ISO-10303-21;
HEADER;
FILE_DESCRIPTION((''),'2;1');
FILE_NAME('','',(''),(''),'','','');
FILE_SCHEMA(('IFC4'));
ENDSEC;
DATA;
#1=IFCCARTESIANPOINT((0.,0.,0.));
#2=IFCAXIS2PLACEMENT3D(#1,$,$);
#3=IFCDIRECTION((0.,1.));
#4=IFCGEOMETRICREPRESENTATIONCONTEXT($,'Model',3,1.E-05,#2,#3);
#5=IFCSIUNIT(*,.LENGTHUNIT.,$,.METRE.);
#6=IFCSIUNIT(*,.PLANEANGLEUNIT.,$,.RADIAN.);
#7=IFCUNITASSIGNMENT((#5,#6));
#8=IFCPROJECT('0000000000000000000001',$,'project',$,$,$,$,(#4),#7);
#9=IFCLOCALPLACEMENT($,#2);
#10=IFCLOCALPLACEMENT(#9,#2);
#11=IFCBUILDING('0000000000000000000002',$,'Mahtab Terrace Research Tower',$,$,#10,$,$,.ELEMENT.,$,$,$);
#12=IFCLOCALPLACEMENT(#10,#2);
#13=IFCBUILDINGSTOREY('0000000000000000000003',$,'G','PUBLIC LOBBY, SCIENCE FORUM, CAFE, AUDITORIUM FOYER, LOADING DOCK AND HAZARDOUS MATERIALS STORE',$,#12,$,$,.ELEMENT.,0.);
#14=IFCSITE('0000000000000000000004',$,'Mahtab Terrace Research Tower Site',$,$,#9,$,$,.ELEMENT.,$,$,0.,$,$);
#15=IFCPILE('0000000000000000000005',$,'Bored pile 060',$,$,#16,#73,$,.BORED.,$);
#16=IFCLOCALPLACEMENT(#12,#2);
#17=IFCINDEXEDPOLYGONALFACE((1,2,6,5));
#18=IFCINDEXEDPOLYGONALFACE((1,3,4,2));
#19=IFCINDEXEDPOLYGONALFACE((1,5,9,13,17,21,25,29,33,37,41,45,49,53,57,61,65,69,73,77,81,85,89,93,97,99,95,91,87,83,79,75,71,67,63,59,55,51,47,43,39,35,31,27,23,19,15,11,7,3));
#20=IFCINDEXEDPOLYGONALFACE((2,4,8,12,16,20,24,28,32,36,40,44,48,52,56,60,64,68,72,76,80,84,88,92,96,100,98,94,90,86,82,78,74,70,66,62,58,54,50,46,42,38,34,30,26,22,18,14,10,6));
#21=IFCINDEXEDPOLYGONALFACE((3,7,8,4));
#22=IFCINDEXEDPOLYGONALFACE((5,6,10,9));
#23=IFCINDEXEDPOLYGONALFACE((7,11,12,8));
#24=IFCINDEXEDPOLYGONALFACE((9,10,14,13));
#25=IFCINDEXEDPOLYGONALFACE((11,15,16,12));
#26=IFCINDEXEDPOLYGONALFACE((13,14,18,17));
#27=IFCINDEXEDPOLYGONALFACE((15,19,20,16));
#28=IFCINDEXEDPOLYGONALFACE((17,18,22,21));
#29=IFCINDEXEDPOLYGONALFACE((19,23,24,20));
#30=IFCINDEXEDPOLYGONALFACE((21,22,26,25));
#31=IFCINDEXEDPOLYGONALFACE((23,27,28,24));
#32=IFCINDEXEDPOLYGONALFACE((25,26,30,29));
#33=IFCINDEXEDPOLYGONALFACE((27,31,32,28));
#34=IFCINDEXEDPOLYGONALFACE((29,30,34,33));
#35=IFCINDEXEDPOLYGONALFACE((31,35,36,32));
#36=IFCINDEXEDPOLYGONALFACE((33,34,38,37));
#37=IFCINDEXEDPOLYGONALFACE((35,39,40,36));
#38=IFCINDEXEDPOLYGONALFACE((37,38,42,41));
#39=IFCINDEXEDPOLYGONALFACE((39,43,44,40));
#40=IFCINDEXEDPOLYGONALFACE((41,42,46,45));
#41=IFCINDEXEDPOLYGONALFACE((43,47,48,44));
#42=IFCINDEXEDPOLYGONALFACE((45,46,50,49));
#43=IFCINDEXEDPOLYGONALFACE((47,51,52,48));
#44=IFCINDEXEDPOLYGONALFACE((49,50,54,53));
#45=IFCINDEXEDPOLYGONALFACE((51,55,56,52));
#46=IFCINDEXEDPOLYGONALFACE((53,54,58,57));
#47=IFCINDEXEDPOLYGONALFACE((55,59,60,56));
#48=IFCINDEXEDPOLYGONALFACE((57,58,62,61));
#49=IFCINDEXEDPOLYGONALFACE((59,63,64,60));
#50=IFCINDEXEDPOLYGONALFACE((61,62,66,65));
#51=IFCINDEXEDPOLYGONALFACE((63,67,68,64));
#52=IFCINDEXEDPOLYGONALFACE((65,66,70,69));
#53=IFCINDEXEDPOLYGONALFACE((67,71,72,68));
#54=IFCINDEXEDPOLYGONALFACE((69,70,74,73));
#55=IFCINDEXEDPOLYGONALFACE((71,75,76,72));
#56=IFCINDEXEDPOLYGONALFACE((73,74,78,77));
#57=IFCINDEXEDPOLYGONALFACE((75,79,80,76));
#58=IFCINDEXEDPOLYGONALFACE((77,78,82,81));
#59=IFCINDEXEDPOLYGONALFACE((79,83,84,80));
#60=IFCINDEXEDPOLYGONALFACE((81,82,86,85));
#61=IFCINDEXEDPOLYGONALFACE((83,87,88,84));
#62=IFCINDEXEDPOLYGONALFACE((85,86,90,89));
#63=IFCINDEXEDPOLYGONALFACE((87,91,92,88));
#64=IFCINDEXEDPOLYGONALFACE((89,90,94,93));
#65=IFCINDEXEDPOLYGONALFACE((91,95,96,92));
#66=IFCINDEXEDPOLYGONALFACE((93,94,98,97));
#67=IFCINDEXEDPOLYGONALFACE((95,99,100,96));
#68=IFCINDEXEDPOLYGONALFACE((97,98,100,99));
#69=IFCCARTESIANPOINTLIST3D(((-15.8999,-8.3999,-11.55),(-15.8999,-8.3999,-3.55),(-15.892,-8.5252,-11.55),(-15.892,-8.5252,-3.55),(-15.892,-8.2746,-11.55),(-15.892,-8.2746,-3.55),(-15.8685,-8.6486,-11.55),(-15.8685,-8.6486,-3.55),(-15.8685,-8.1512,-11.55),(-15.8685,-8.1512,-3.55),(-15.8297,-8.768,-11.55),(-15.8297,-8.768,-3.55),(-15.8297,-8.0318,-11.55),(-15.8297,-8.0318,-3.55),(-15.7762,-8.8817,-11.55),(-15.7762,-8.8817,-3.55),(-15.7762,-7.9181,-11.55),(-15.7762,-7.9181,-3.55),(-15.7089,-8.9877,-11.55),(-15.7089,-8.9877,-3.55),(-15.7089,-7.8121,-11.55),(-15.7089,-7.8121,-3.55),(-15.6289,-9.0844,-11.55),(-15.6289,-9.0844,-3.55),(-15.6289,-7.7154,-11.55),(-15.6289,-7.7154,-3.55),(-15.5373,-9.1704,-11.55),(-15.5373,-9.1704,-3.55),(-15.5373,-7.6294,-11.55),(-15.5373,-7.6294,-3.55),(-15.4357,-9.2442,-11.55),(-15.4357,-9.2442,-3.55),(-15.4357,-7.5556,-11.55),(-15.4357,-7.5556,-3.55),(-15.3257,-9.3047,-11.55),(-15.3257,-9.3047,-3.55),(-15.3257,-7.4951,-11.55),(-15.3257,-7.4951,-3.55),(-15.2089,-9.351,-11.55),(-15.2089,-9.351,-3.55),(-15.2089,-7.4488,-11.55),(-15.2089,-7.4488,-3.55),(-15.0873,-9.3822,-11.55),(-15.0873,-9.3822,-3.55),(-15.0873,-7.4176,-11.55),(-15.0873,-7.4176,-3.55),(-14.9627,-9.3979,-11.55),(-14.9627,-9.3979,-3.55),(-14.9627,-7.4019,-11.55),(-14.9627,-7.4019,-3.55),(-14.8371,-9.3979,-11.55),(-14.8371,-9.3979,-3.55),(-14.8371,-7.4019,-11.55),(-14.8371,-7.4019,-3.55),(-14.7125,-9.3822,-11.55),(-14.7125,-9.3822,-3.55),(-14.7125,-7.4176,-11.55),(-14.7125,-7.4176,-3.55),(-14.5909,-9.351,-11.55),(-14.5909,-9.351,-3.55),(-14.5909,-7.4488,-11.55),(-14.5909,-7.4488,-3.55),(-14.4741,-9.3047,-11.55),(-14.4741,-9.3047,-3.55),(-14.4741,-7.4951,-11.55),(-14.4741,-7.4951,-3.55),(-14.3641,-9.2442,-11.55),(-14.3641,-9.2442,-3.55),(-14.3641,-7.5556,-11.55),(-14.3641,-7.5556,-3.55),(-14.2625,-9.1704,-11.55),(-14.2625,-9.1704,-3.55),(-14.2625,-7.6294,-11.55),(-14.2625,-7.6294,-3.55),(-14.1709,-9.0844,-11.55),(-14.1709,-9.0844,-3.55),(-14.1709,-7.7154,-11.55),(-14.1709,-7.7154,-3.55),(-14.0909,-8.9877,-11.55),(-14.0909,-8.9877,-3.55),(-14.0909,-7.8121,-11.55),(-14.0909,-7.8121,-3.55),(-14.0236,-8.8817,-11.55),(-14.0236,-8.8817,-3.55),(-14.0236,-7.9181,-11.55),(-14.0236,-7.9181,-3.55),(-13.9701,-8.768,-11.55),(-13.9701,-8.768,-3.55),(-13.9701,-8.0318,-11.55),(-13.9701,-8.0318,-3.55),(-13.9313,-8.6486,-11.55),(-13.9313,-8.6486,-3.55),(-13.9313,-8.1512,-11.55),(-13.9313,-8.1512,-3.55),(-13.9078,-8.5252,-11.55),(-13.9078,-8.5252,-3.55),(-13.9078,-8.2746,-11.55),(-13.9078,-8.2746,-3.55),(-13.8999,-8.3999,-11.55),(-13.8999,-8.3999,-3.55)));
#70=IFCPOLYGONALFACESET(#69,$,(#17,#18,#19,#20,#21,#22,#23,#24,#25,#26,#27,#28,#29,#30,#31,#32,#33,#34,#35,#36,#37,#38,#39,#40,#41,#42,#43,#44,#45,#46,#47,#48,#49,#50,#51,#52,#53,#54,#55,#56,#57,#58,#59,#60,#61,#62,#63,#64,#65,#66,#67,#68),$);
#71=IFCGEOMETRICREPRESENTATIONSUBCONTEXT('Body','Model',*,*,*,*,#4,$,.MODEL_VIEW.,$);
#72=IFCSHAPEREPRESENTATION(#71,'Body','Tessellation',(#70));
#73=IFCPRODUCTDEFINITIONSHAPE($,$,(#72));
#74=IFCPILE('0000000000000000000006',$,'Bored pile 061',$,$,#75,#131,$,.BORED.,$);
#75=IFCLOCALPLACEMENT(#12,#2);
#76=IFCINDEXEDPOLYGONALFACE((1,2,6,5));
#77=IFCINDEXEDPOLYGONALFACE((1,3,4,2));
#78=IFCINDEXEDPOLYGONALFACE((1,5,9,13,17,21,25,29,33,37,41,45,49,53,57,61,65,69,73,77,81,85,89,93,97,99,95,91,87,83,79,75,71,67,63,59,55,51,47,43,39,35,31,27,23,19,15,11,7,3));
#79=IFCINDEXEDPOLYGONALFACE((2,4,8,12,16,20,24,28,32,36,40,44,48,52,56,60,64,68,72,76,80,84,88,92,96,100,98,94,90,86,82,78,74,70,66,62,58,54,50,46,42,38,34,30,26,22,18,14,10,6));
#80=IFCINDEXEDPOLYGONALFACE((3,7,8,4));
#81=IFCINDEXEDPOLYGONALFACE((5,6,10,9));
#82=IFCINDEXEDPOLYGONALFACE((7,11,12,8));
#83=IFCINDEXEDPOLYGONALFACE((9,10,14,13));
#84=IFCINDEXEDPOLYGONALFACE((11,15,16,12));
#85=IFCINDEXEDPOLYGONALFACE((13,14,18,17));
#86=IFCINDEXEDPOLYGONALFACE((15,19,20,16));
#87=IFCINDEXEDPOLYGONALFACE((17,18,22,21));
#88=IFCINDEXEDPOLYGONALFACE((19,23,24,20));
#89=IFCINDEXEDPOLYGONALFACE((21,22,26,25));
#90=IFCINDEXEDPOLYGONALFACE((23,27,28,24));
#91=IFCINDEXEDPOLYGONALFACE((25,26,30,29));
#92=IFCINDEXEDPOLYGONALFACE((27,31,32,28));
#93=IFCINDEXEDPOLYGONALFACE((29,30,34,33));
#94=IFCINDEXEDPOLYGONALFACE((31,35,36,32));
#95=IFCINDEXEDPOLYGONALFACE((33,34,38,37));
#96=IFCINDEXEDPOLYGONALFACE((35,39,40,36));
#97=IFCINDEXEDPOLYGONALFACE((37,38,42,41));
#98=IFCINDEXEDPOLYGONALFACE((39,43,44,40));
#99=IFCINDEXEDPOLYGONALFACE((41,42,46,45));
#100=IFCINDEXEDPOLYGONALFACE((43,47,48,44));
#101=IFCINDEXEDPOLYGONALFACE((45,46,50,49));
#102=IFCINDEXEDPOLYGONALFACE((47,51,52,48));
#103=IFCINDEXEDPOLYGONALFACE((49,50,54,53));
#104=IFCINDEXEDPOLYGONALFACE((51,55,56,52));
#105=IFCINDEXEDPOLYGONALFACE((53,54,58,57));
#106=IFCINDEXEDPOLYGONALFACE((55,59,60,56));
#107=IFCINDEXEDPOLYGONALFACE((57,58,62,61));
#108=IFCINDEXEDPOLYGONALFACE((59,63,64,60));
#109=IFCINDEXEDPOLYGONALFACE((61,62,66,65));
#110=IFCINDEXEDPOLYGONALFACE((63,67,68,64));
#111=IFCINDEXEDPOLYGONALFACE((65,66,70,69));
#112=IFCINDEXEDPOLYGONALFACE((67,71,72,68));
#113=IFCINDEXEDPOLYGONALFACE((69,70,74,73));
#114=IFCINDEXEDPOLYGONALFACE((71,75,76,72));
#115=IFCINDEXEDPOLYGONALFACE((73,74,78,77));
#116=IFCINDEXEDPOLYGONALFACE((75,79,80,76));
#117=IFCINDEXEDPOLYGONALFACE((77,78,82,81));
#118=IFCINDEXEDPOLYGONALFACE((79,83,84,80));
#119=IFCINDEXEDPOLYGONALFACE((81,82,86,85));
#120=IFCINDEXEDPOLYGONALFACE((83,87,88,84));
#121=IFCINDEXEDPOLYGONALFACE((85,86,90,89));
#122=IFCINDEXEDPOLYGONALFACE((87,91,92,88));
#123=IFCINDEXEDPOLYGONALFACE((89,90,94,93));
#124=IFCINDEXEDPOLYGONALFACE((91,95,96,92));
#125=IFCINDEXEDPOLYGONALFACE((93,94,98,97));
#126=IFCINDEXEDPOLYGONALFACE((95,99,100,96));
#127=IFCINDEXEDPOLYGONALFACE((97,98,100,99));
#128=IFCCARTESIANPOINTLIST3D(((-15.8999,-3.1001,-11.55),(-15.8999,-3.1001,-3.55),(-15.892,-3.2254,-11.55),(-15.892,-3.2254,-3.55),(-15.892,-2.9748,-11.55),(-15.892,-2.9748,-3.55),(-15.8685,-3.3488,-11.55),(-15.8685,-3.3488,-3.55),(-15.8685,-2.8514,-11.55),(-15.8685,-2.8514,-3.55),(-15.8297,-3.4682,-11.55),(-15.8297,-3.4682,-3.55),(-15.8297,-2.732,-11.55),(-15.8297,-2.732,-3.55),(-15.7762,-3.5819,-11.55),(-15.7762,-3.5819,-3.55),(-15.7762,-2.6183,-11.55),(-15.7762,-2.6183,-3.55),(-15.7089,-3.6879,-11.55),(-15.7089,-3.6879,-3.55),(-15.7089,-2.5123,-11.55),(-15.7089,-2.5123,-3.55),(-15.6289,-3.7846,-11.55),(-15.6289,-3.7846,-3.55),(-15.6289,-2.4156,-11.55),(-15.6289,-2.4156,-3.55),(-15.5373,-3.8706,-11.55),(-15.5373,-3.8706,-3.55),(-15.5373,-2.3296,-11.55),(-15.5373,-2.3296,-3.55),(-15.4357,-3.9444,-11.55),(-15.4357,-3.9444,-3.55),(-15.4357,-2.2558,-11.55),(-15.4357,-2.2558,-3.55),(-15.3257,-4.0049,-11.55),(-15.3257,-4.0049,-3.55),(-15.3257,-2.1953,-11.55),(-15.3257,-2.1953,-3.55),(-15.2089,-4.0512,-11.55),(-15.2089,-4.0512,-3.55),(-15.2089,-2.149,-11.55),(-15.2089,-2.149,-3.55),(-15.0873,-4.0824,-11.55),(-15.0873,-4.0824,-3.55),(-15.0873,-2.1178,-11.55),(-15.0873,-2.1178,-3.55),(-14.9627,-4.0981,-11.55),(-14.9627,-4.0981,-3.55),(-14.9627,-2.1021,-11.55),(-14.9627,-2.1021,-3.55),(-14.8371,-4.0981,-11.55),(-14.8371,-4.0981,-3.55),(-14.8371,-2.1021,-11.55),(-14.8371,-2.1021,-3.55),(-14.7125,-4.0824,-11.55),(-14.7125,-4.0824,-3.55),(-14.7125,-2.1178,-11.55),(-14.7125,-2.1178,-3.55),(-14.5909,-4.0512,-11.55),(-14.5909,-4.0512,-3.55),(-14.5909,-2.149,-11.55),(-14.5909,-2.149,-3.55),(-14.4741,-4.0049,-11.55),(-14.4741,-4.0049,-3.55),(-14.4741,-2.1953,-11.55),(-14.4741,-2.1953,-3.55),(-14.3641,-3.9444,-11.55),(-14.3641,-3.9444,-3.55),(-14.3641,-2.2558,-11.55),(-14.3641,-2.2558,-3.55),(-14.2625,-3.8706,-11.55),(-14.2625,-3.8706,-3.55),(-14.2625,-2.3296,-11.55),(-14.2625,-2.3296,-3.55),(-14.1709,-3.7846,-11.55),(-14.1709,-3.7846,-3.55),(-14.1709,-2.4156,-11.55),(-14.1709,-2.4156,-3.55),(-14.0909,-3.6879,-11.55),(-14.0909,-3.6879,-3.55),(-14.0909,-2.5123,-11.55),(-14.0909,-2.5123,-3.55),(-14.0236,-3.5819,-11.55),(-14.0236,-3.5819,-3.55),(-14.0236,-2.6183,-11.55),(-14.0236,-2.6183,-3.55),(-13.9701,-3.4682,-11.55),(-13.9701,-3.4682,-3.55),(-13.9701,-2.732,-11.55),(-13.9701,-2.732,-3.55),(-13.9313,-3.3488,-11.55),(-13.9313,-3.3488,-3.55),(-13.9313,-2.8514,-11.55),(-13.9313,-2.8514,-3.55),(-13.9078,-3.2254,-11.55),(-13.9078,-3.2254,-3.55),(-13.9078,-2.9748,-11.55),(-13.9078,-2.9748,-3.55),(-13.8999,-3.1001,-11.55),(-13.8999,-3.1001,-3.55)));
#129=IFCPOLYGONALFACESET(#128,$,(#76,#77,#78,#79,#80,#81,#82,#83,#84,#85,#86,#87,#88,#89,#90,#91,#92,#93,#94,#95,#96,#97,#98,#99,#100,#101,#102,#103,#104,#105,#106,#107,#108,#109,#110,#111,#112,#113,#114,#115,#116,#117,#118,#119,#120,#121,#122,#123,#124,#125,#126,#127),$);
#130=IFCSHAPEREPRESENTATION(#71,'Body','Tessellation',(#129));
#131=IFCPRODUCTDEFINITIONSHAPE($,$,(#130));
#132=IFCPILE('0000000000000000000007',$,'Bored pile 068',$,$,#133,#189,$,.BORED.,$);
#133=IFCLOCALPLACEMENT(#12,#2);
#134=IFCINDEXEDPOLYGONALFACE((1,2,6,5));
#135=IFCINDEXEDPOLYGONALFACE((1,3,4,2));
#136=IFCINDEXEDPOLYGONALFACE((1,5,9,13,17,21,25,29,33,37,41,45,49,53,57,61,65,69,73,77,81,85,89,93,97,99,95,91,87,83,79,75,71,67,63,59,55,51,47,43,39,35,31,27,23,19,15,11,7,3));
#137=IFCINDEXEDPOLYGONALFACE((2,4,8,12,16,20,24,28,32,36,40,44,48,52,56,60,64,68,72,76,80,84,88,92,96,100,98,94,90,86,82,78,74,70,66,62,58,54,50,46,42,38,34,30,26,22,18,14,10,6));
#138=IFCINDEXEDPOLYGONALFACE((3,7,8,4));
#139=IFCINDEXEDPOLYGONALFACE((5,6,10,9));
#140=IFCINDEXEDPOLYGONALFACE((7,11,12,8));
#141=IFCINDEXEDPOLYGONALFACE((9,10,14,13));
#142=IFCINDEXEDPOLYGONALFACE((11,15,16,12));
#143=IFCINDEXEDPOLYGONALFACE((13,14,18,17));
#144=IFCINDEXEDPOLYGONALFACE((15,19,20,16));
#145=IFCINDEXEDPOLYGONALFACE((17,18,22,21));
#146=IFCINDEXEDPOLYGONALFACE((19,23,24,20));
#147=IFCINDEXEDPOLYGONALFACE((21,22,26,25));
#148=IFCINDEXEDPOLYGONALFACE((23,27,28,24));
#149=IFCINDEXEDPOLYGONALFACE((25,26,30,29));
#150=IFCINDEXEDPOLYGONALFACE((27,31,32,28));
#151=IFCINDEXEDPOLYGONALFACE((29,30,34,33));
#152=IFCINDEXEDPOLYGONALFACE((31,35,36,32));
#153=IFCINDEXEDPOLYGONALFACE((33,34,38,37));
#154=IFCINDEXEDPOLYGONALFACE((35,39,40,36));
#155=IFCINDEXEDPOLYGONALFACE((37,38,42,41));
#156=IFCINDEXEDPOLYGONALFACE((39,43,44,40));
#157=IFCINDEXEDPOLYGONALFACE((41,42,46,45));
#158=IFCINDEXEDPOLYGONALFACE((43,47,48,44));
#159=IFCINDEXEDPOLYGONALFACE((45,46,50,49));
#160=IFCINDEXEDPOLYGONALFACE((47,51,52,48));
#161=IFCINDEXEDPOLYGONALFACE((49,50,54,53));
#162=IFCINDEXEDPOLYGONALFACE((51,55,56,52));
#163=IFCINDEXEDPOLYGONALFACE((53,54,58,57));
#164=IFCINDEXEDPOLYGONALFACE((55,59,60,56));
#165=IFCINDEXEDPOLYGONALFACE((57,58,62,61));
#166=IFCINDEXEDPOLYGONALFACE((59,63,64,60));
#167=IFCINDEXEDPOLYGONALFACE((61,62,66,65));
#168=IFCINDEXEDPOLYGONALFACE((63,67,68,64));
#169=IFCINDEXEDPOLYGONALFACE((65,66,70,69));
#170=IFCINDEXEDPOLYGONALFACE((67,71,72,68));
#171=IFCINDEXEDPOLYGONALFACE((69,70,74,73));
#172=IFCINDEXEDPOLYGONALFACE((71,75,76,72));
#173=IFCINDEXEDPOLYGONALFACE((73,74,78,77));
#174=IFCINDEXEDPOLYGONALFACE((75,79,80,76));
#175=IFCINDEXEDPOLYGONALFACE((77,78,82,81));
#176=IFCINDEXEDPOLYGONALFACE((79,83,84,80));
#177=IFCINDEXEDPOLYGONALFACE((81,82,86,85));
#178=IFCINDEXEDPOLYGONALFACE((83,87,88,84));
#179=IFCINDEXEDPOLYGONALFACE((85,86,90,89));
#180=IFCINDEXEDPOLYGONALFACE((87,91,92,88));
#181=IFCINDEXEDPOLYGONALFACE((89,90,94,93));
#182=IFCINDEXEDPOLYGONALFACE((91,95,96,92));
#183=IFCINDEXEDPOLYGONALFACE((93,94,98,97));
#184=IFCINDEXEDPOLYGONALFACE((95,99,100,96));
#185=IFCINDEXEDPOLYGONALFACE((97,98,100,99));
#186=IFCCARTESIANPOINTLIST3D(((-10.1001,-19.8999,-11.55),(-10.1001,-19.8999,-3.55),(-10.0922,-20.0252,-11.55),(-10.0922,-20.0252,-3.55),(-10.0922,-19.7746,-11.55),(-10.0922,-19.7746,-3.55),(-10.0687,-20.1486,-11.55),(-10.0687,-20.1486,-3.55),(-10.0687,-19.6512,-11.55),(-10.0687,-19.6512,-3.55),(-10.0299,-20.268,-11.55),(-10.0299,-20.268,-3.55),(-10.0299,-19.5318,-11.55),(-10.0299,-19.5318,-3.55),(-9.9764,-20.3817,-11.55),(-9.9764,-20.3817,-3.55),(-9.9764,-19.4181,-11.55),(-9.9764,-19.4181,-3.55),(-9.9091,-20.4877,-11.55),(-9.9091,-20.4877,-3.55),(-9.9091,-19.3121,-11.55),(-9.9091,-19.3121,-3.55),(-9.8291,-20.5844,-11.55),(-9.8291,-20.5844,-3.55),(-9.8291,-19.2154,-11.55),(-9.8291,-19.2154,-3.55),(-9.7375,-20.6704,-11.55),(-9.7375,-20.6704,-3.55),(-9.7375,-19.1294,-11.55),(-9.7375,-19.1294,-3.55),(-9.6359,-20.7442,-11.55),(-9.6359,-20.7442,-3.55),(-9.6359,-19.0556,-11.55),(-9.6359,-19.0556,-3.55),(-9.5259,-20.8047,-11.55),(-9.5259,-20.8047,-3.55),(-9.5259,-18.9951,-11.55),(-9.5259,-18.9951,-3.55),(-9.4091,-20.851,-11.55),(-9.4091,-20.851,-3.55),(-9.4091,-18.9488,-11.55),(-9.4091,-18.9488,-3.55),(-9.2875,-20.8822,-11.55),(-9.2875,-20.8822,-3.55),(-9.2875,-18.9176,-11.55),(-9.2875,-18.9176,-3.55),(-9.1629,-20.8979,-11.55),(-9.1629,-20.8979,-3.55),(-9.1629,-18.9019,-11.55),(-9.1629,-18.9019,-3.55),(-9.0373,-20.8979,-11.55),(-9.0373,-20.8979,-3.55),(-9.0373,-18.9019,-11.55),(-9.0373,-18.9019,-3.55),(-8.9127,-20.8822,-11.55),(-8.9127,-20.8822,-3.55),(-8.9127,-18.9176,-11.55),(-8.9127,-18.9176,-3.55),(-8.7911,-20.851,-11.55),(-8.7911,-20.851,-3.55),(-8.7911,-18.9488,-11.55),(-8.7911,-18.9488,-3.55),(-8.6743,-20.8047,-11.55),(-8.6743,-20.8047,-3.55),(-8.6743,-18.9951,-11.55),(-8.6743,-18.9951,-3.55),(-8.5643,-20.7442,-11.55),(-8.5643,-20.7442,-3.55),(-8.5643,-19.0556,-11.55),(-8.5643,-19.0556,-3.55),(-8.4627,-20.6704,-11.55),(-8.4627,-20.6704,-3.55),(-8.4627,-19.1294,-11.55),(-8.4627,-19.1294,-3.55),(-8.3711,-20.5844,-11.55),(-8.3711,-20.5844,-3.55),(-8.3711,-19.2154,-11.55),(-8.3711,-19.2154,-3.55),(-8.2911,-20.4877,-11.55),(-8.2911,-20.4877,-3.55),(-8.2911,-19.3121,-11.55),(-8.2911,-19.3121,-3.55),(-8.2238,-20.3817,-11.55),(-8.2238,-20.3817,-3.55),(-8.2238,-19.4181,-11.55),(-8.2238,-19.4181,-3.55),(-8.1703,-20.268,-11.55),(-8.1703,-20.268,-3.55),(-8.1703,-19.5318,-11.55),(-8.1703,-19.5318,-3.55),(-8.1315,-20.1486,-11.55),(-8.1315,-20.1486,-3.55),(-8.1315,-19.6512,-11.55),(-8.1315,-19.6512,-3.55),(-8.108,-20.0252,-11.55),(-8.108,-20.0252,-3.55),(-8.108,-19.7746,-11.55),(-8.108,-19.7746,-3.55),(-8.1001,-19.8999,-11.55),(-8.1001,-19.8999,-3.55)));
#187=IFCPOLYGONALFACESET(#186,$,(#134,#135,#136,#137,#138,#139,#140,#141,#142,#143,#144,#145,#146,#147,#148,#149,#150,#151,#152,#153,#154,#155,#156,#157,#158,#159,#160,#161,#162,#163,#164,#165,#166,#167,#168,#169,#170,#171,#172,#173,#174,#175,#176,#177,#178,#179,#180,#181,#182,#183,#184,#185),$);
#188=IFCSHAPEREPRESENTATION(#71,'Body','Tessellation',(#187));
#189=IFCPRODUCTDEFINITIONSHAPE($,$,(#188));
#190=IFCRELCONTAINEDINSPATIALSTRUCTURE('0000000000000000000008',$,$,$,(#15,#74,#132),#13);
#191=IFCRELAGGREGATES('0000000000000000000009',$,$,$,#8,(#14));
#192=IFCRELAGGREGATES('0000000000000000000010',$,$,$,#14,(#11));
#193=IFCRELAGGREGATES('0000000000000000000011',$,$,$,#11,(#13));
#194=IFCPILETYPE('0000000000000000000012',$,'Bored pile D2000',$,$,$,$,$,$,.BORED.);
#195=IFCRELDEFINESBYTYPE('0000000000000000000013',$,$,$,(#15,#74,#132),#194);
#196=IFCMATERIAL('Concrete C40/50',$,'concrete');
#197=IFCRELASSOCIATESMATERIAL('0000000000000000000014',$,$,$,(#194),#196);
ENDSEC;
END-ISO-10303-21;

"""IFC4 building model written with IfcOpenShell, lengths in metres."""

from ifc_helpers import new_model, si_unit, direction, frame, origin, origin_2d, place, context, subcontext, project, spatial, circle, extrude, material, material_profile, profile_set, type_object, element, save


model = new_model("IFC4")

# Units and contexts
model_context = context("Model", 3, precision=1e-05, world=origin(), true_north=direction((0.0, 1.0)))
body_context = subcontext(model_context, "Body", "Model", "MODEL_VIEW")
ifc_project = project(units=[si_unit("LENGTHUNIT", "METRE"), si_unit("PLANEANGLEUNIT", "RADIAN")], contexts=[model_context])

# Site, building, storey
site_placement = place(None, origin())
site = spatial("IfcSite", under=ifc_project, at=site_placement, Name="Mahtab Terrace Research Tower Site", CompositionType="ELEMENT", RefElevation=0.0)
building_placement = place(site_placement, origin())
building = spatial("IfcBuilding", under=site, at=building_placement, Name="Mahtab Terrace Research Tower", CompositionType="ELEMENT")
storey_placement = place(building_placement, origin())
storey = spatial("IfcBuildingStorey", under=building, at=storey_placement, Name="G", Description="PUBLIC LOBBY, SCIENCE FORUM, CAFE, AUDITORIUM FOYER, LOADING DOCK AND HAZARDOUS MATERIALS STORE", CompositionType="ELEMENT", Elevation=0.0)

# Piles
ifc_material_1 = material(Name="Concrete C40/50", Category="concrete")
ifc_material_profile_1 = material_profile(ifc_material_1, circle(Radius=1.0, at=origin_2d()), Name="Bored pile D2000")
ifc_profile_set_1 = profile_set([ifc_material_profile_1], Name="Concrete C40/50")
pile_type = type_object("IfcPileType", Name="Bored pile D2000", PredefinedType="BORED", material=ifc_profile_set_1)
for number, where, z_axis, x_axis, name in (
    (1, (-14.8999, -8.3999, -3.55), (0.0, 0.0, -1.0), (1.0, 0.0, 0.0), "Bored pile 060"),
    (2, (-14.8999, -3.1001, -3.55), (0.0, 0.0, -1.0), (1.0, 0.0, 0.0), "Bored pile 061"),
    (3, (-9.1001, -19.8999, -3.55), (0.0, 0.0, -1.0), (1.0, 0.0, 0.0), "Bored pile 068"),
):
    element("IfcPile", number, at=place(storey_placement, frame(where, z_axis=z_axis, x_axis=x_axis)), inside=storey, type_object=pile_type, Name=name, PredefinedType="BORED", context=body_context, shape_type="SweptSolid", body=[
        extrude(circle(Radius=1.0, at=origin_2d()), origin(), (0.0, 0.0, 1.0), 8.0),
    ])

save(model, "model.ifc")
